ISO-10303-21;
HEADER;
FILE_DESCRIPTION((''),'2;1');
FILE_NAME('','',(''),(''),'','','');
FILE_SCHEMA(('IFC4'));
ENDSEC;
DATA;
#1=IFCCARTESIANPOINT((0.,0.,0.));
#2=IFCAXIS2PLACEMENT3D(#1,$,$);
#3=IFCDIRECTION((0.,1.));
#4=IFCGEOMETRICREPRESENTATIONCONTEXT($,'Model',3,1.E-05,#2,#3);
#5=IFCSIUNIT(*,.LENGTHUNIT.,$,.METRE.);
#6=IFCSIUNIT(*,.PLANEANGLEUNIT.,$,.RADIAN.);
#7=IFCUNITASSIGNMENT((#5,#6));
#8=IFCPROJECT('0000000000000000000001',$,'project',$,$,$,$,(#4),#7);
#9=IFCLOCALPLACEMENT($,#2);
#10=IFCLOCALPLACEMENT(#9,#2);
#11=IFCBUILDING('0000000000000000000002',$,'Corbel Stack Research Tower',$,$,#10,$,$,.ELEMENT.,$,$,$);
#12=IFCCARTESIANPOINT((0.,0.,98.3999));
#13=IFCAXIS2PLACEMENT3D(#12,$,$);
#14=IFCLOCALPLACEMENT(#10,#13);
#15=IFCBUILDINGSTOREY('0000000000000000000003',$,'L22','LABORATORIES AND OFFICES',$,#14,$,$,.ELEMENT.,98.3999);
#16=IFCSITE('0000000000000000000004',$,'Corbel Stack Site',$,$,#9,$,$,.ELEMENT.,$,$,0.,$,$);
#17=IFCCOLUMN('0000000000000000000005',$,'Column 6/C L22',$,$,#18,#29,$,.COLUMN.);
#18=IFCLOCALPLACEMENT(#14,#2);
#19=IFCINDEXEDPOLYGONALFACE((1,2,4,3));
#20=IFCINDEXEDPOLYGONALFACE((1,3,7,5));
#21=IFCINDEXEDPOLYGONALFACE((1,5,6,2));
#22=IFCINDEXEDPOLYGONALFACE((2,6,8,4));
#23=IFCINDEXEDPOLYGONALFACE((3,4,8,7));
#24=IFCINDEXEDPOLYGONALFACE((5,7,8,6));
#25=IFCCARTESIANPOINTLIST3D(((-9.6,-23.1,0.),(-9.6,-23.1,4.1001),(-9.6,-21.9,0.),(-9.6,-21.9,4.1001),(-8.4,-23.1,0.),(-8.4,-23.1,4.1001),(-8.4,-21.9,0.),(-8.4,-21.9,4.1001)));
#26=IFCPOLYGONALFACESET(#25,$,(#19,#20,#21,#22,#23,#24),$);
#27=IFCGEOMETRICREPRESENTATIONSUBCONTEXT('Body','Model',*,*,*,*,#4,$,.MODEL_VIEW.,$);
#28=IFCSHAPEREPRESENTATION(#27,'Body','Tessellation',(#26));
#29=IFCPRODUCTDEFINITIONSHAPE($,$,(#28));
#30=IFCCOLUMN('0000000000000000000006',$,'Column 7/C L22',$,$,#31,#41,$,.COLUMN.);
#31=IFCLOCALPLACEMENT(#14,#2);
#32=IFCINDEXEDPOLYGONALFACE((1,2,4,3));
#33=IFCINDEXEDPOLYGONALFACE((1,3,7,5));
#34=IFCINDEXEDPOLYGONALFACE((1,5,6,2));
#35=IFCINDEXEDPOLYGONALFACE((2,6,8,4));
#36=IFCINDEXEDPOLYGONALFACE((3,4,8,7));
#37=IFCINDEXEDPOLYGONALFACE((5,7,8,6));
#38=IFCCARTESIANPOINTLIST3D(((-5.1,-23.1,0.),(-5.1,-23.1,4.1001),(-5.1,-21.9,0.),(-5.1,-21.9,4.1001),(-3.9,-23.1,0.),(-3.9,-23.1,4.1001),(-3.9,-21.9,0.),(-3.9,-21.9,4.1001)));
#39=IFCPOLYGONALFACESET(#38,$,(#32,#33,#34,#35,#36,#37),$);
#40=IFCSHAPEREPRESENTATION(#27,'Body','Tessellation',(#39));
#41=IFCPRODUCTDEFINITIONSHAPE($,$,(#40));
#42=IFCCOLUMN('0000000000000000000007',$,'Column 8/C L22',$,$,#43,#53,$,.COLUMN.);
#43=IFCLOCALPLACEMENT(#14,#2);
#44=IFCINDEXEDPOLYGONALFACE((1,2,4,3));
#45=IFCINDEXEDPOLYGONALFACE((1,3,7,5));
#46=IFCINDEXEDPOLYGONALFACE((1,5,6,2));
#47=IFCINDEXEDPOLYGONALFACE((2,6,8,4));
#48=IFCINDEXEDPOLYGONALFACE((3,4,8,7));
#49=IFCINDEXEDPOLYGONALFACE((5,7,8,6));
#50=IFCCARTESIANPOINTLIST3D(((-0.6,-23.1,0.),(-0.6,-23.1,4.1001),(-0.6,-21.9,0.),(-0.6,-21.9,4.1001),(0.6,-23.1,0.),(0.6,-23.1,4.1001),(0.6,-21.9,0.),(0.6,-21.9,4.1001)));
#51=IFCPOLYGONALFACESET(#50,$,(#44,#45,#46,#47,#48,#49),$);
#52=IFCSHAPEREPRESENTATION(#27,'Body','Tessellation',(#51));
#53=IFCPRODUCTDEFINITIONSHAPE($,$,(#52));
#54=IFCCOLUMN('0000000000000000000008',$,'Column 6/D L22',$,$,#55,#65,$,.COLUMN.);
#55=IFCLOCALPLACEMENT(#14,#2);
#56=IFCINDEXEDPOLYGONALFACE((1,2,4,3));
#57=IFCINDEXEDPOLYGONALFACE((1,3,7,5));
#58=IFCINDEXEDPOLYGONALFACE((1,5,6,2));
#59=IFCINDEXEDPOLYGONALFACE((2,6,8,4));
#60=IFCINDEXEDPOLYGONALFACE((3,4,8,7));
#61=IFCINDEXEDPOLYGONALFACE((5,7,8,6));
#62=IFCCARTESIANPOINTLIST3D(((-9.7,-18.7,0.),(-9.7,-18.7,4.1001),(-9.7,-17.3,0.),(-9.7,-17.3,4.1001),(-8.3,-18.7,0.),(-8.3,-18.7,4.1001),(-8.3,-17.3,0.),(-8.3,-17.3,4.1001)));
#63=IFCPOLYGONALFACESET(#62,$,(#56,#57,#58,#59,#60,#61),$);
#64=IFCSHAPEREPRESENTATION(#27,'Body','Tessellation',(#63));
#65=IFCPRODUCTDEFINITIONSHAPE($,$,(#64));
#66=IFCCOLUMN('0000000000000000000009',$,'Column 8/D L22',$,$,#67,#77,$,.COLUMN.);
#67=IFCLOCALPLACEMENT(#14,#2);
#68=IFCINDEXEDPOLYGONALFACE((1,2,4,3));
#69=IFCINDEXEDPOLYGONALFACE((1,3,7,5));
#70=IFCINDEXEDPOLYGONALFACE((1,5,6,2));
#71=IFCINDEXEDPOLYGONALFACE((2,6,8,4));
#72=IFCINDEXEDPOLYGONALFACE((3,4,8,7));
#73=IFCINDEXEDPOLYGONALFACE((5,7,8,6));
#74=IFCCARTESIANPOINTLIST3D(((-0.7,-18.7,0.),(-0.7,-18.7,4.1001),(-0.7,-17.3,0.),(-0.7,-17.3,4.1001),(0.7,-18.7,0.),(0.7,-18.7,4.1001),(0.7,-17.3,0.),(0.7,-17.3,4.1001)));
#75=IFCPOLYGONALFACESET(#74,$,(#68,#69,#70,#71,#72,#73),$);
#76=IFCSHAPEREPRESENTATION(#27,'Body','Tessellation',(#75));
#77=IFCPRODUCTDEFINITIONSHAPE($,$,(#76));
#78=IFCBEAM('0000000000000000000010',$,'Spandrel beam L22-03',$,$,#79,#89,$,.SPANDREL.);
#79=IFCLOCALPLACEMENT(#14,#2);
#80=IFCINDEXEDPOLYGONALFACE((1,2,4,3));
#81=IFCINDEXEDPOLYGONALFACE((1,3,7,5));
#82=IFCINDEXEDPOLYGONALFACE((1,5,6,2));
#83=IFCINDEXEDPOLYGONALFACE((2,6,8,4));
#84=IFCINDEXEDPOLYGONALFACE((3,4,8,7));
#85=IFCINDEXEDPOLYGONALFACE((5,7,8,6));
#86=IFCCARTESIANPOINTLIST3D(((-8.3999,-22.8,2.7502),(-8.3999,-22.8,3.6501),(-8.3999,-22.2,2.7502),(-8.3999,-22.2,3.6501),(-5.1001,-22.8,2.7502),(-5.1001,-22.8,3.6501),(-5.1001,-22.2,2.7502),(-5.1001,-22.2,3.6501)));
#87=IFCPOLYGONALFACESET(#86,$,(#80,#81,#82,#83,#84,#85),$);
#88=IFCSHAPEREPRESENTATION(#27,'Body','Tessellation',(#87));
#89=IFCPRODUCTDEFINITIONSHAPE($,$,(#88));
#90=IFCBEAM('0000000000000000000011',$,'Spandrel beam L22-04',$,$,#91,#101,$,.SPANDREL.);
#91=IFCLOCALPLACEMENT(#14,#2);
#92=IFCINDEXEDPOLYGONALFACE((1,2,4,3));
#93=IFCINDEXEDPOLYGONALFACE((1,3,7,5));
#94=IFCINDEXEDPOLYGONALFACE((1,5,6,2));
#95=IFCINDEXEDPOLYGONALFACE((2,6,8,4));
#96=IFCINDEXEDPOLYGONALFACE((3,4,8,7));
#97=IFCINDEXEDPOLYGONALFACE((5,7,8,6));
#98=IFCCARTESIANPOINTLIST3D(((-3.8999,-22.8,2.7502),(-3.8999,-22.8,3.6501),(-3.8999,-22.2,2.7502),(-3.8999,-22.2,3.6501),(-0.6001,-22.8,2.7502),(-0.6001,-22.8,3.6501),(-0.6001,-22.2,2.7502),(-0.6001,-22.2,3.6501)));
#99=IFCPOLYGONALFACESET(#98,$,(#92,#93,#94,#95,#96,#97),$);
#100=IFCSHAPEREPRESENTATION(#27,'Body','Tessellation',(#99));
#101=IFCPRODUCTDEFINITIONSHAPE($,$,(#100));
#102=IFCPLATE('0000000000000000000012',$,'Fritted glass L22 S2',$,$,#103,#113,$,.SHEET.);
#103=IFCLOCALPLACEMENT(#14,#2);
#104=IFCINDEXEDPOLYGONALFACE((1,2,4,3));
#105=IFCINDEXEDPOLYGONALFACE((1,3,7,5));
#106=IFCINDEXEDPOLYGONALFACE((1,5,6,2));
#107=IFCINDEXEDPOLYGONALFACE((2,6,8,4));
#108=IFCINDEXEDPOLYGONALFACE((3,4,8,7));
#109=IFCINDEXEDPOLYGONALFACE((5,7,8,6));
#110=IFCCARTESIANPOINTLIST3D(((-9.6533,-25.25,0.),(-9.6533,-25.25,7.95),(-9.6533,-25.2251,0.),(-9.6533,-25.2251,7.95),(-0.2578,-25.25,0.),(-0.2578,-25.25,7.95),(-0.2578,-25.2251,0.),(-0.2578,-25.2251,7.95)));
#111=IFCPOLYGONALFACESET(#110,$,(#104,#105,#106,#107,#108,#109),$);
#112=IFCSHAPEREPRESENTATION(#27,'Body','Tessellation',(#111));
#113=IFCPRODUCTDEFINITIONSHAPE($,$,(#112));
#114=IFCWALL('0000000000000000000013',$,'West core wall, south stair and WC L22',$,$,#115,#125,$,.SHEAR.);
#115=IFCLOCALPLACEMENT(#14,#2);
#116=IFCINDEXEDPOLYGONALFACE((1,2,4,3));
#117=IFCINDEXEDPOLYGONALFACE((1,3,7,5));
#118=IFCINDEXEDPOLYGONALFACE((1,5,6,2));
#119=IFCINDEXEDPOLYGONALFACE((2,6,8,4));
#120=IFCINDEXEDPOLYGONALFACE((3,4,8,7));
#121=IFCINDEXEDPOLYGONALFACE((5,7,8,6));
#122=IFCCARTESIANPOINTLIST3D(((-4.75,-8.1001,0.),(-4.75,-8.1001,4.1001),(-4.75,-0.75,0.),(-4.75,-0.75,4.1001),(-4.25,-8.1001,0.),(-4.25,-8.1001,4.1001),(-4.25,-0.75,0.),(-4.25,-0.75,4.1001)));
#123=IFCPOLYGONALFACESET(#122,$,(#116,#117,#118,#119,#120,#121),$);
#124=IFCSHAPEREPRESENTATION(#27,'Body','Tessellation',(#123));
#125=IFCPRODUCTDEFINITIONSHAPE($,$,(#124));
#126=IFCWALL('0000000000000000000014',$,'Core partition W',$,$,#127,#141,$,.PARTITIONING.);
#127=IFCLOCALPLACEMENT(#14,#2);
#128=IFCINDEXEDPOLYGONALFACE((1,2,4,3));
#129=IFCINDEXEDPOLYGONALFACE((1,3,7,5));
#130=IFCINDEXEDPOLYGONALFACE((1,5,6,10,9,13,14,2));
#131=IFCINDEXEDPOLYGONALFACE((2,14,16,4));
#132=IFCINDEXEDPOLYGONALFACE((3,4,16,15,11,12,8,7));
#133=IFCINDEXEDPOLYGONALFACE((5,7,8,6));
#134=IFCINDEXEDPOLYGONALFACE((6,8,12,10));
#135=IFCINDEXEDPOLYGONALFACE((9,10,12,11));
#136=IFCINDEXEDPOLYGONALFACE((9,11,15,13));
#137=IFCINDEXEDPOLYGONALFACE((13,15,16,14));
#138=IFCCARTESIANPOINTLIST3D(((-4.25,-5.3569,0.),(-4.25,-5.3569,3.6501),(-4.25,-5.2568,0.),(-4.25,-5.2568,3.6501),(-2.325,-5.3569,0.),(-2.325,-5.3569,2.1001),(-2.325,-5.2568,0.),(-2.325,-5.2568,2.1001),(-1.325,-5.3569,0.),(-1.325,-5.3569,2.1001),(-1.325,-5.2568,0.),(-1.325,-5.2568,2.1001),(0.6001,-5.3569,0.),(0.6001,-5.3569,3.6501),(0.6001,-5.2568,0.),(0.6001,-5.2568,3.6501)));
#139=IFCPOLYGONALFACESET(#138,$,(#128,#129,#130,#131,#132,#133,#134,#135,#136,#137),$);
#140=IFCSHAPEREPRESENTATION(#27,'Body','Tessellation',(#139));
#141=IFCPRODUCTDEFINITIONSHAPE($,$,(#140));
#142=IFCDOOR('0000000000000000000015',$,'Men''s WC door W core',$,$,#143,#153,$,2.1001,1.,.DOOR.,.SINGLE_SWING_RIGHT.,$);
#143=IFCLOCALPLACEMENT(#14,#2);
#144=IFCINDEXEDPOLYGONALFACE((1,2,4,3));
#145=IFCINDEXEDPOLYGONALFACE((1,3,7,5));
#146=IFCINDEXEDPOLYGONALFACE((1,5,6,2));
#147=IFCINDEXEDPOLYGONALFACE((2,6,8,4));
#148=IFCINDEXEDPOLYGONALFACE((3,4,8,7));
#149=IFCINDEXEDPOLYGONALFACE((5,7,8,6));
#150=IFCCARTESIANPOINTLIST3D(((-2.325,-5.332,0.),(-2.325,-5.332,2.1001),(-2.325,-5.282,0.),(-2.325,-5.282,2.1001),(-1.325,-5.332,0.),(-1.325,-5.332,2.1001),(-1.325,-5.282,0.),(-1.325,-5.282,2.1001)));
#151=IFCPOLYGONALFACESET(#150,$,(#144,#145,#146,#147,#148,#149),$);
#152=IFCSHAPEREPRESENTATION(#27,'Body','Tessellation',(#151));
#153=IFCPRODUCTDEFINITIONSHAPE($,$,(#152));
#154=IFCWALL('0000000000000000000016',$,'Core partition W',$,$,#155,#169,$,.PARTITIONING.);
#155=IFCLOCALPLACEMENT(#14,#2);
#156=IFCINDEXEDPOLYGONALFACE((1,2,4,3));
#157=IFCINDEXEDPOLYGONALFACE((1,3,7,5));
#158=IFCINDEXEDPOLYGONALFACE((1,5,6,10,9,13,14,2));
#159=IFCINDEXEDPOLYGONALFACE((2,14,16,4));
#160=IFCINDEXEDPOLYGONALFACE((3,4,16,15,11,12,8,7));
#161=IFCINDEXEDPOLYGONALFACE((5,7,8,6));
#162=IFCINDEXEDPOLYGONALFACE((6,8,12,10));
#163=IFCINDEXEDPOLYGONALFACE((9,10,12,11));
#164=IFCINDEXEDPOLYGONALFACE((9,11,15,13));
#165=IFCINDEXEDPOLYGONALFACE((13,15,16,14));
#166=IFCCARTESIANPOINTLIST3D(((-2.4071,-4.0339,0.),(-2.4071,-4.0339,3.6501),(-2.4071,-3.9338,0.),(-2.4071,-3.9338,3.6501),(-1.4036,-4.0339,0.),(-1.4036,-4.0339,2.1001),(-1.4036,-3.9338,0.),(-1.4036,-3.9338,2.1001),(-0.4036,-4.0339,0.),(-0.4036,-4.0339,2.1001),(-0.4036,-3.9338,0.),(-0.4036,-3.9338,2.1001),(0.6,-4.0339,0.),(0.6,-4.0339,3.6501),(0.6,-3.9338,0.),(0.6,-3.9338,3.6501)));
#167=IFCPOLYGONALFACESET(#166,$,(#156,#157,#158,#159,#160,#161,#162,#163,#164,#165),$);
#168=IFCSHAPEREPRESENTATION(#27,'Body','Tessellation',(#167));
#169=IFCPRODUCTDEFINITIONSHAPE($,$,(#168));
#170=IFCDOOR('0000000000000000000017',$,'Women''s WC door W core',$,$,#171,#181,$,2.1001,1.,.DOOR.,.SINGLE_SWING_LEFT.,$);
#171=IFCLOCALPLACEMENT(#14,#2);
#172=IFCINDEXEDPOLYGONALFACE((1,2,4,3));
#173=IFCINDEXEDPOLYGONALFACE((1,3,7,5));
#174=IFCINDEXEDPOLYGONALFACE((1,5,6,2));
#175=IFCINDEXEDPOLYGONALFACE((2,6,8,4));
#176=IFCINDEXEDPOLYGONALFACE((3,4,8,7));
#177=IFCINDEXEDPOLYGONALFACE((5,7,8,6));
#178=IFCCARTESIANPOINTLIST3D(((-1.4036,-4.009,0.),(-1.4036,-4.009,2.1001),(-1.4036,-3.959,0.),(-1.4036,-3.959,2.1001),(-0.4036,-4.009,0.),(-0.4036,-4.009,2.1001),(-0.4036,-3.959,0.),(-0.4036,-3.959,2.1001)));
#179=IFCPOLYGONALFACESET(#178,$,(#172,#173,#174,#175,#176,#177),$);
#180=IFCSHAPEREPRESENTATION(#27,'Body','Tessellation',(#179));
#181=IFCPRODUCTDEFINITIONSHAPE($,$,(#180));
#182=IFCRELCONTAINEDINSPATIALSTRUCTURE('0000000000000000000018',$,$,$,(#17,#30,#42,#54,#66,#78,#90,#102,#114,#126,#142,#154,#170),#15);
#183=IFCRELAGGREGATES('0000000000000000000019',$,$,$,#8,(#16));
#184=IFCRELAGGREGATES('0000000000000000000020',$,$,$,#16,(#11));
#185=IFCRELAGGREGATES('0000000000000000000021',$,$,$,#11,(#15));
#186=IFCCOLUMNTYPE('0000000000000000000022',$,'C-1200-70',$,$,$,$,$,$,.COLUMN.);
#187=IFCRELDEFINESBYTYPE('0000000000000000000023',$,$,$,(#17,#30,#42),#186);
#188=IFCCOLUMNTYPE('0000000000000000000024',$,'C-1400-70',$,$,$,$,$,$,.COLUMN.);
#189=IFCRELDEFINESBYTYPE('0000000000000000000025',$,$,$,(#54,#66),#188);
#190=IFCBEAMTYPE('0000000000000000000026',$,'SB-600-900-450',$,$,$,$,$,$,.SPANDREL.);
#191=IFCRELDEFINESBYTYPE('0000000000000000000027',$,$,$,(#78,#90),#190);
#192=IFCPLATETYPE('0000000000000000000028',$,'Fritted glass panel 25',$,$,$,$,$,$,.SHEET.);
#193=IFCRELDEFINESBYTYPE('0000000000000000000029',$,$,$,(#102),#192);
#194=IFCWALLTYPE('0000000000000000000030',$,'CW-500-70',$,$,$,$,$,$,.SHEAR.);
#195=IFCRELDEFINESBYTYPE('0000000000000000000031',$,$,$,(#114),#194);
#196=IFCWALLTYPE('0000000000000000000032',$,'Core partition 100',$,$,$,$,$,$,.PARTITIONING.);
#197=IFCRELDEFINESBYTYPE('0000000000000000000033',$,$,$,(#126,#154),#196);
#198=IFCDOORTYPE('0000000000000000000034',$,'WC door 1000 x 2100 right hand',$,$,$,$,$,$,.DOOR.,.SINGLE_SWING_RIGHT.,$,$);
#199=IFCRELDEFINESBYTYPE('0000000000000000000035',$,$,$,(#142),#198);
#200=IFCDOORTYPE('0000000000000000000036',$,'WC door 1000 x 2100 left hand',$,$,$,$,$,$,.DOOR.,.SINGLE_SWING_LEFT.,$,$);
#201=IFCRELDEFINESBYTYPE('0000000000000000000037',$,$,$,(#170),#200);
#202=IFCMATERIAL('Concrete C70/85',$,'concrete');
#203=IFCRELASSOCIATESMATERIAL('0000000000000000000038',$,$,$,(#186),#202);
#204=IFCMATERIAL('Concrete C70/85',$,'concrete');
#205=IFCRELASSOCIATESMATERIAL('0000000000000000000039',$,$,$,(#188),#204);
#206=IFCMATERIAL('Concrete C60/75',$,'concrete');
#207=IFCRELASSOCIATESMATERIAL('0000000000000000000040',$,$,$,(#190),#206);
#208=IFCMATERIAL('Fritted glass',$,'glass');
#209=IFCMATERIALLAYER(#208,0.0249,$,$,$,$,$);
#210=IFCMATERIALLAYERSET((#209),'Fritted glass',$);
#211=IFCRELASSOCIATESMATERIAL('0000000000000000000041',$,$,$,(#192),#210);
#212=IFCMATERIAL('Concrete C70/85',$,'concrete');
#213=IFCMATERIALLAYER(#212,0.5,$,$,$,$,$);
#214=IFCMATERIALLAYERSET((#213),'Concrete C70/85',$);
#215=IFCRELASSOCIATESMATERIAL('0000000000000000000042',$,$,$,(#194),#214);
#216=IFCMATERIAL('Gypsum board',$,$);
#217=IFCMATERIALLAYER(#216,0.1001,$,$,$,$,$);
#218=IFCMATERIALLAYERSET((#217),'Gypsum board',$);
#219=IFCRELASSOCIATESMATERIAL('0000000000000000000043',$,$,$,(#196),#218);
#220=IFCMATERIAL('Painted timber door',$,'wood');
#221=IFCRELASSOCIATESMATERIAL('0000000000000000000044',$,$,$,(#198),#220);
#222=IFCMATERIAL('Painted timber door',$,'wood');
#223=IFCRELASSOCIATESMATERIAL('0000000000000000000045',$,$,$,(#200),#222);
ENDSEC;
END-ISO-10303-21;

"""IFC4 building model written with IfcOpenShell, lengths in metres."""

from ifc_helpers import new_model, si_unit, direction, frame, frame_2d, origin, origin_2d, place, context, subcontext, project, spatial, rectangle, extrude, material, layer, layer_set, material_profile, profile_set, type_object, element, fill, save


model = new_model("IFC4")

# Units and contexts
model_context = context("Model", 3, precision=1e-05, world=origin(), true_north=direction((0.0, 1.0)))
body_context = subcontext(model_context, "Body", "Model", "MODEL_VIEW")
ifc_project = project(units=[si_unit("LENGTHUNIT", "METRE"), si_unit("PLANEANGLEUNIT", "RADIAN")], contexts=[model_context])

# Site, building, storey
site_placement = place(None, origin())
site = spatial("IfcSite", under=ifc_project, at=site_placement, Name="Corbel Stack Site", CompositionType="ELEMENT", RefElevation=0.0)
building_placement = place(site_placement, origin())
building = spatial("IfcBuilding", under=site, at=building_placement, Name="Corbel Stack Research Tower", CompositionType="ELEMENT")
storey_placement = place(building_placement, frame((0.0, 0.0, 98.3999)))
storey = spatial("IfcBuildingStorey", under=building, at=storey_placement, Name="L22", Description="LABORATORIES AND OFFICES", CompositionType="ELEMENT", Elevation=98.3999)

# Columns
ifc_material_1 = material(Name="Concrete C70/85", Category="concrete")
ifc_material_profile_1 = material_profile(ifc_material_1, rectangle(XDim=1.2, YDim=1.2, at=origin_2d()), Name="RC 1200 x 1200")
ifc_profile_set_1 = profile_set([ifc_material_profile_1], Name="Concrete C70/85")
column_type_1 = type_object("IfcColumnType", Name="C-1200-70", PredefinedType="COLUMN", material=ifc_profile_set_1)
for number, where, z_axis, x_axis, name in (
    (1, (-9.0, -22.5, 0.0), (0.0, 0.0, 1.0), (1.0, 0.0, 0.0), "Column 6/C L22"),
    (2, (-4.5, -22.5, 0.0), (0.0, 0.0, 1.0), (1.0, 0.0, 0.0), "Column 7/C L22"),
    (3, (0.0, -22.5, 0.0), (0.0, 0.0, 1.0), (1.0, 0.0, 0.0), "Column 8/C L22"),
):
    element("IfcColumn", number, at=place(storey_placement, frame(where, z_axis=z_axis, x_axis=x_axis)), inside=storey, type_object=column_type_1, Name=name, PredefinedType="COLUMN", context=body_context, shape_type="SweptSolid", body=[
        extrude(rectangle(XDim=1.2, YDim=1.2, at=origin_2d()), origin(), (0.0, 0.0, 1.0), 4.1001),
    ])
ifc_material_2 = material(Name="Concrete C70/85", Category="concrete")
ifc_material_profile_2 = material_profile(ifc_material_2, rectangle(XDim=1.3999, YDim=1.3999, at=origin_2d()), Name="RC 1400 x 1400")
ifc_profile_set_2 = profile_set([ifc_material_profile_2], Name="Concrete C70/85")
column_type_2 = type_object("IfcColumnType", Name="C-1400-70", PredefinedType="COLUMN", material=ifc_profile_set_2)
for number, where, z_axis, x_axis, name in (
    (4, (-9.0, -18.0, 0.0), (0.0, 0.0, 1.0), (1.0, 0.0, 0.0), "Column 6/D L22"),
    (5, (0.0, -18.0, 0.0), (0.0, 0.0, 1.0), (1.0, 0.0, 0.0), "Column 8/D L22"),
):
    element("IfcColumn", number, at=place(storey_placement, frame(where, z_axis=z_axis, x_axis=x_axis)), inside=storey, type_object=column_type_2, Name=name, PredefinedType="COLUMN", context=body_context, shape_type="SweptSolid", body=[
        extrude(rectangle(XDim=1.3999, YDim=1.3999, at=origin_2d()), origin(), (0.0, 0.0, 1.0), 4.1001),
    ])

# Beams
ifc_material_3 = material(Name="Concrete C60/75", Category="concrete")
ifc_material_profile_3 = material_profile(ifc_material_3, rectangle(XDim=0.6001, YDim=0.8999, at=origin_2d()), Name="RC 600 x 900")
ifc_profile_set_3 = profile_set([ifc_material_profile_3], Name="Concrete C60/75")
beam_type = type_object("IfcBeamType", Name="SB-600-900-450", PredefinedType="SPANDREL", material=ifc_profile_set_3)
for number, where, z_axis, x_axis, name in (
    (6, (-8.3999, -22.5, 3.2002), (1.0, 0.0, 0.0), (0.0, 1.0, 0.0), "Spandrel beam L22-03"),
    (7, (-3.8999, -22.5, 3.2002), (1.0, 0.0, 0.0), (0.0, 1.0, 0.0), "Spandrel beam L22-04"),
):
    element("IfcBeam", number, at=place(storey_placement, frame(where, z_axis=z_axis, x_axis=x_axis)), inside=storey, type_object=beam_type, Name=name, PredefinedType="SPANDREL", context=body_context, shape_type="SweptSolid", body=[
        extrude(rectangle(XDim=0.6001, YDim=0.8999, at=origin_2d()), origin(), (0.0, 0.0, 1.0), 3.2998),
    ])

# Plate
ifc_material_4 = material(Name="Fritted glass", Category="glass")
ifc_layer_1 = layer(ifc_material_4, 0.0249)
ifc_layer_set_1 = layer_set([ifc_layer_1], Name="Fritted glass")
plate_type = type_object("IfcPlateType", Name="Fritted glass panel 25", PredefinedType="SHEET", material=ifc_layer_set_1)
plate_placement = place(storey_placement, frame((-4.9556, -25.2375, 0.0), z_axis=(0.0, 0.0, 1.0), x_axis=(1.0, 0.0, 0.0)))
element("IfcPlate", 8, at=plate_placement, inside=storey, type_object=plate_type, Name="Fritted glass L22 S2", PredefinedType="SHEET", context=body_context, shape_type="SweptSolid", body=[
    extrude(rectangle(XDim=9.3955, YDim=0.0249, at=origin_2d()), origin(), (0.0, 0.0, 1.0), 7.95),
])

# Wall
ifc_material_5 = material(Name="Concrete C70/85", Category="concrete")
ifc_layer_2 = layer(ifc_material_5, 0.5)
ifc_layer_set_2 = layer_set([ifc_layer_2], Name="Concrete C70/85")
wall_type_1 = type_object("IfcWallType", Name="CW-500-70", PredefinedType="SHEAR", material=ifc_layer_set_2)
wall_1_placement = place(storey_placement, frame((-4.5, -8.1001, 0.0), z_axis=(0.0, 0.0, 1.0), x_axis=(0.0, 1.0, 0.0)))
element("IfcWall", 9, at=wall_1_placement, inside=storey, type_object=wall_type_1, Name="West core wall, south stair and WC L22", PredefinedType="SHEAR", context=body_context, shape_type="SweptSolid", body=[
    extrude(rectangle(XDim=7.3501, YDim=0.5, at=frame_2d((3.675, 0.0))), origin(), (0.0, 0.0, 1.0), 4.1001),
])

# Walls, openings, doors
ifc_material_6 = material(Name="Gypsum board")
ifc_layer_3 = layer(ifc_material_6, 0.1001)
ifc_layer_set_3 = layer_set([ifc_layer_3], Name="Gypsum board")
wall_type_2 = type_object("IfcWallType", Name="Core partition 100", PredefinedType="PARTITIONING", material=ifc_layer_set_3)
wall_2_placement = place(storey_placement, frame((-4.25, -5.3069, 0.0), z_axis=(0.0, 0.0, 1.0), x_axis=(1.0, 0.0, 0.0)))
wall_2 = element("IfcWall", 10, at=wall_2_placement, inside=storey, type_object=wall_type_2, Name="Core partition W", PredefinedType="PARTITIONING", context=body_context, shape_type="SweptSolid", body=[
    extrude(rectangle(XDim=4.8501, YDim=0.1001, at=frame_2d((2.425, 0.0))), origin(), (0.0, 0.0, 1.0), 3.6501),
])
opening_1_placement = place(wall_2_placement, frame((1.925, 0.0, 0.0)))
opening_1 = element("IfcOpeningElement", 11, at=opening_1_placement, cuts=wall_2, PredefinedType="OPENING", context=body_context, shape_type="SweptSolid", body=[
    extrude(rectangle(XDim=1.0, YDim=2.1001, at=frame_2d((0.5, 1.05))), frame((0.0, 0.0601, 0.0), z_axis=(0.0, -1.0, 0.0), x_axis=(1.0, 0.0, 0.0)), (0.0, 0.0, 1.0), 0.1201),
])
ifc_material_7 = material(Name="Painted timber door", Category="wood")
door_type_1 = type_object("IfcDoorType", Name="WC door 1000 x 2100 right hand", OperationType="SINGLE_SWING_RIGHT", PredefinedType="DOOR", material=ifc_material_7)
door_1_placement = place(opening_1_placement, origin())
door_1 = element("IfcDoor", 12, at=door_1_placement, inside=storey, type_object=door_type_1, Name="Men's WC door W core", OperationType="SINGLE_SWING_RIGHT", OverallHeight=2.1001, OverallWidth=1.0, PredefinedType="DOOR", context=body_context, shape_type="SweptSolid", body=[
    extrude(rectangle(XDim=1.0, YDim=2.1001, at=frame_2d((0.5, 1.05))), frame((0.0, 0.0249, 0.0), z_axis=(0.0, -1.0, 0.0), x_axis=(1.0, 0.0, 0.0)), (0.0, 0.0, 1.0), 0.05),
])
fill(opening_1, door_1)
wall_3_placement = place(storey_placement, frame((-2.407, -3.9839, 0.0), z_axis=(0.0, 0.0, 1.0), x_axis=(1.0, 0.0, 0.0)))
wall_3 = element("IfcWall", 13, at=wall_3_placement, inside=storey, type_object=wall_type_2, Name="Core partition W", PredefinedType="PARTITIONING", context=body_context, shape_type="SweptSolid", body=[
    extrude(rectangle(XDim=3.0071, YDim=0.1001, at=frame_2d((1.5034, 0.0))), origin(), (0.0, 0.0, 1.0), 3.6501),
])
opening_2_placement = place(wall_3_placement, frame((1.0034, 0.0, 0.0)))
opening_2 = element("IfcOpeningElement", 14, at=opening_2_placement, cuts=wall_3, PredefinedType="OPENING", context=body_context, shape_type="SweptSolid", body=[
    extrude(rectangle(XDim=1.0, YDim=2.1001, at=frame_2d((0.5, 1.05))), frame((0.0, 0.0601, 0.0), z_axis=(0.0, -1.0, 0.0), x_axis=(1.0, 0.0, 0.0)), (0.0, 0.0, 1.0), 0.1201),
])
ifc_material_8 = material(Name="Painted timber door", Category="wood")
door_type_2 = type_object("IfcDoorType", Name="WC door 1000 x 2100 left hand", OperationType="SINGLE_SWING_LEFT", PredefinedType="DOOR", material=ifc_material_8)
door_2_placement = place(opening_2_placement, origin())
door_2 = element("IfcDoor", 15, at=door_2_placement, inside=storey, type_object=door_type_2, Name="Women's WC door W core", OperationType="SINGLE_SWING_LEFT", OverallHeight=2.1001, OverallWidth=1.0, PredefinedType="DOOR", context=body_context, shape_type="SweptSolid", body=[
    extrude(rectangle(XDim=1.0, YDim=2.1001, at=frame_2d((0.5, 1.05))), frame((0.0, 0.0249, 0.0), z_axis=(0.0, -1.0, 0.0), x_axis=(1.0, 0.0, 0.0)), (0.0, 0.0, 1.0), 0.05),
])
fill(opening_2, door_2)

save(model, "model.ifc")
